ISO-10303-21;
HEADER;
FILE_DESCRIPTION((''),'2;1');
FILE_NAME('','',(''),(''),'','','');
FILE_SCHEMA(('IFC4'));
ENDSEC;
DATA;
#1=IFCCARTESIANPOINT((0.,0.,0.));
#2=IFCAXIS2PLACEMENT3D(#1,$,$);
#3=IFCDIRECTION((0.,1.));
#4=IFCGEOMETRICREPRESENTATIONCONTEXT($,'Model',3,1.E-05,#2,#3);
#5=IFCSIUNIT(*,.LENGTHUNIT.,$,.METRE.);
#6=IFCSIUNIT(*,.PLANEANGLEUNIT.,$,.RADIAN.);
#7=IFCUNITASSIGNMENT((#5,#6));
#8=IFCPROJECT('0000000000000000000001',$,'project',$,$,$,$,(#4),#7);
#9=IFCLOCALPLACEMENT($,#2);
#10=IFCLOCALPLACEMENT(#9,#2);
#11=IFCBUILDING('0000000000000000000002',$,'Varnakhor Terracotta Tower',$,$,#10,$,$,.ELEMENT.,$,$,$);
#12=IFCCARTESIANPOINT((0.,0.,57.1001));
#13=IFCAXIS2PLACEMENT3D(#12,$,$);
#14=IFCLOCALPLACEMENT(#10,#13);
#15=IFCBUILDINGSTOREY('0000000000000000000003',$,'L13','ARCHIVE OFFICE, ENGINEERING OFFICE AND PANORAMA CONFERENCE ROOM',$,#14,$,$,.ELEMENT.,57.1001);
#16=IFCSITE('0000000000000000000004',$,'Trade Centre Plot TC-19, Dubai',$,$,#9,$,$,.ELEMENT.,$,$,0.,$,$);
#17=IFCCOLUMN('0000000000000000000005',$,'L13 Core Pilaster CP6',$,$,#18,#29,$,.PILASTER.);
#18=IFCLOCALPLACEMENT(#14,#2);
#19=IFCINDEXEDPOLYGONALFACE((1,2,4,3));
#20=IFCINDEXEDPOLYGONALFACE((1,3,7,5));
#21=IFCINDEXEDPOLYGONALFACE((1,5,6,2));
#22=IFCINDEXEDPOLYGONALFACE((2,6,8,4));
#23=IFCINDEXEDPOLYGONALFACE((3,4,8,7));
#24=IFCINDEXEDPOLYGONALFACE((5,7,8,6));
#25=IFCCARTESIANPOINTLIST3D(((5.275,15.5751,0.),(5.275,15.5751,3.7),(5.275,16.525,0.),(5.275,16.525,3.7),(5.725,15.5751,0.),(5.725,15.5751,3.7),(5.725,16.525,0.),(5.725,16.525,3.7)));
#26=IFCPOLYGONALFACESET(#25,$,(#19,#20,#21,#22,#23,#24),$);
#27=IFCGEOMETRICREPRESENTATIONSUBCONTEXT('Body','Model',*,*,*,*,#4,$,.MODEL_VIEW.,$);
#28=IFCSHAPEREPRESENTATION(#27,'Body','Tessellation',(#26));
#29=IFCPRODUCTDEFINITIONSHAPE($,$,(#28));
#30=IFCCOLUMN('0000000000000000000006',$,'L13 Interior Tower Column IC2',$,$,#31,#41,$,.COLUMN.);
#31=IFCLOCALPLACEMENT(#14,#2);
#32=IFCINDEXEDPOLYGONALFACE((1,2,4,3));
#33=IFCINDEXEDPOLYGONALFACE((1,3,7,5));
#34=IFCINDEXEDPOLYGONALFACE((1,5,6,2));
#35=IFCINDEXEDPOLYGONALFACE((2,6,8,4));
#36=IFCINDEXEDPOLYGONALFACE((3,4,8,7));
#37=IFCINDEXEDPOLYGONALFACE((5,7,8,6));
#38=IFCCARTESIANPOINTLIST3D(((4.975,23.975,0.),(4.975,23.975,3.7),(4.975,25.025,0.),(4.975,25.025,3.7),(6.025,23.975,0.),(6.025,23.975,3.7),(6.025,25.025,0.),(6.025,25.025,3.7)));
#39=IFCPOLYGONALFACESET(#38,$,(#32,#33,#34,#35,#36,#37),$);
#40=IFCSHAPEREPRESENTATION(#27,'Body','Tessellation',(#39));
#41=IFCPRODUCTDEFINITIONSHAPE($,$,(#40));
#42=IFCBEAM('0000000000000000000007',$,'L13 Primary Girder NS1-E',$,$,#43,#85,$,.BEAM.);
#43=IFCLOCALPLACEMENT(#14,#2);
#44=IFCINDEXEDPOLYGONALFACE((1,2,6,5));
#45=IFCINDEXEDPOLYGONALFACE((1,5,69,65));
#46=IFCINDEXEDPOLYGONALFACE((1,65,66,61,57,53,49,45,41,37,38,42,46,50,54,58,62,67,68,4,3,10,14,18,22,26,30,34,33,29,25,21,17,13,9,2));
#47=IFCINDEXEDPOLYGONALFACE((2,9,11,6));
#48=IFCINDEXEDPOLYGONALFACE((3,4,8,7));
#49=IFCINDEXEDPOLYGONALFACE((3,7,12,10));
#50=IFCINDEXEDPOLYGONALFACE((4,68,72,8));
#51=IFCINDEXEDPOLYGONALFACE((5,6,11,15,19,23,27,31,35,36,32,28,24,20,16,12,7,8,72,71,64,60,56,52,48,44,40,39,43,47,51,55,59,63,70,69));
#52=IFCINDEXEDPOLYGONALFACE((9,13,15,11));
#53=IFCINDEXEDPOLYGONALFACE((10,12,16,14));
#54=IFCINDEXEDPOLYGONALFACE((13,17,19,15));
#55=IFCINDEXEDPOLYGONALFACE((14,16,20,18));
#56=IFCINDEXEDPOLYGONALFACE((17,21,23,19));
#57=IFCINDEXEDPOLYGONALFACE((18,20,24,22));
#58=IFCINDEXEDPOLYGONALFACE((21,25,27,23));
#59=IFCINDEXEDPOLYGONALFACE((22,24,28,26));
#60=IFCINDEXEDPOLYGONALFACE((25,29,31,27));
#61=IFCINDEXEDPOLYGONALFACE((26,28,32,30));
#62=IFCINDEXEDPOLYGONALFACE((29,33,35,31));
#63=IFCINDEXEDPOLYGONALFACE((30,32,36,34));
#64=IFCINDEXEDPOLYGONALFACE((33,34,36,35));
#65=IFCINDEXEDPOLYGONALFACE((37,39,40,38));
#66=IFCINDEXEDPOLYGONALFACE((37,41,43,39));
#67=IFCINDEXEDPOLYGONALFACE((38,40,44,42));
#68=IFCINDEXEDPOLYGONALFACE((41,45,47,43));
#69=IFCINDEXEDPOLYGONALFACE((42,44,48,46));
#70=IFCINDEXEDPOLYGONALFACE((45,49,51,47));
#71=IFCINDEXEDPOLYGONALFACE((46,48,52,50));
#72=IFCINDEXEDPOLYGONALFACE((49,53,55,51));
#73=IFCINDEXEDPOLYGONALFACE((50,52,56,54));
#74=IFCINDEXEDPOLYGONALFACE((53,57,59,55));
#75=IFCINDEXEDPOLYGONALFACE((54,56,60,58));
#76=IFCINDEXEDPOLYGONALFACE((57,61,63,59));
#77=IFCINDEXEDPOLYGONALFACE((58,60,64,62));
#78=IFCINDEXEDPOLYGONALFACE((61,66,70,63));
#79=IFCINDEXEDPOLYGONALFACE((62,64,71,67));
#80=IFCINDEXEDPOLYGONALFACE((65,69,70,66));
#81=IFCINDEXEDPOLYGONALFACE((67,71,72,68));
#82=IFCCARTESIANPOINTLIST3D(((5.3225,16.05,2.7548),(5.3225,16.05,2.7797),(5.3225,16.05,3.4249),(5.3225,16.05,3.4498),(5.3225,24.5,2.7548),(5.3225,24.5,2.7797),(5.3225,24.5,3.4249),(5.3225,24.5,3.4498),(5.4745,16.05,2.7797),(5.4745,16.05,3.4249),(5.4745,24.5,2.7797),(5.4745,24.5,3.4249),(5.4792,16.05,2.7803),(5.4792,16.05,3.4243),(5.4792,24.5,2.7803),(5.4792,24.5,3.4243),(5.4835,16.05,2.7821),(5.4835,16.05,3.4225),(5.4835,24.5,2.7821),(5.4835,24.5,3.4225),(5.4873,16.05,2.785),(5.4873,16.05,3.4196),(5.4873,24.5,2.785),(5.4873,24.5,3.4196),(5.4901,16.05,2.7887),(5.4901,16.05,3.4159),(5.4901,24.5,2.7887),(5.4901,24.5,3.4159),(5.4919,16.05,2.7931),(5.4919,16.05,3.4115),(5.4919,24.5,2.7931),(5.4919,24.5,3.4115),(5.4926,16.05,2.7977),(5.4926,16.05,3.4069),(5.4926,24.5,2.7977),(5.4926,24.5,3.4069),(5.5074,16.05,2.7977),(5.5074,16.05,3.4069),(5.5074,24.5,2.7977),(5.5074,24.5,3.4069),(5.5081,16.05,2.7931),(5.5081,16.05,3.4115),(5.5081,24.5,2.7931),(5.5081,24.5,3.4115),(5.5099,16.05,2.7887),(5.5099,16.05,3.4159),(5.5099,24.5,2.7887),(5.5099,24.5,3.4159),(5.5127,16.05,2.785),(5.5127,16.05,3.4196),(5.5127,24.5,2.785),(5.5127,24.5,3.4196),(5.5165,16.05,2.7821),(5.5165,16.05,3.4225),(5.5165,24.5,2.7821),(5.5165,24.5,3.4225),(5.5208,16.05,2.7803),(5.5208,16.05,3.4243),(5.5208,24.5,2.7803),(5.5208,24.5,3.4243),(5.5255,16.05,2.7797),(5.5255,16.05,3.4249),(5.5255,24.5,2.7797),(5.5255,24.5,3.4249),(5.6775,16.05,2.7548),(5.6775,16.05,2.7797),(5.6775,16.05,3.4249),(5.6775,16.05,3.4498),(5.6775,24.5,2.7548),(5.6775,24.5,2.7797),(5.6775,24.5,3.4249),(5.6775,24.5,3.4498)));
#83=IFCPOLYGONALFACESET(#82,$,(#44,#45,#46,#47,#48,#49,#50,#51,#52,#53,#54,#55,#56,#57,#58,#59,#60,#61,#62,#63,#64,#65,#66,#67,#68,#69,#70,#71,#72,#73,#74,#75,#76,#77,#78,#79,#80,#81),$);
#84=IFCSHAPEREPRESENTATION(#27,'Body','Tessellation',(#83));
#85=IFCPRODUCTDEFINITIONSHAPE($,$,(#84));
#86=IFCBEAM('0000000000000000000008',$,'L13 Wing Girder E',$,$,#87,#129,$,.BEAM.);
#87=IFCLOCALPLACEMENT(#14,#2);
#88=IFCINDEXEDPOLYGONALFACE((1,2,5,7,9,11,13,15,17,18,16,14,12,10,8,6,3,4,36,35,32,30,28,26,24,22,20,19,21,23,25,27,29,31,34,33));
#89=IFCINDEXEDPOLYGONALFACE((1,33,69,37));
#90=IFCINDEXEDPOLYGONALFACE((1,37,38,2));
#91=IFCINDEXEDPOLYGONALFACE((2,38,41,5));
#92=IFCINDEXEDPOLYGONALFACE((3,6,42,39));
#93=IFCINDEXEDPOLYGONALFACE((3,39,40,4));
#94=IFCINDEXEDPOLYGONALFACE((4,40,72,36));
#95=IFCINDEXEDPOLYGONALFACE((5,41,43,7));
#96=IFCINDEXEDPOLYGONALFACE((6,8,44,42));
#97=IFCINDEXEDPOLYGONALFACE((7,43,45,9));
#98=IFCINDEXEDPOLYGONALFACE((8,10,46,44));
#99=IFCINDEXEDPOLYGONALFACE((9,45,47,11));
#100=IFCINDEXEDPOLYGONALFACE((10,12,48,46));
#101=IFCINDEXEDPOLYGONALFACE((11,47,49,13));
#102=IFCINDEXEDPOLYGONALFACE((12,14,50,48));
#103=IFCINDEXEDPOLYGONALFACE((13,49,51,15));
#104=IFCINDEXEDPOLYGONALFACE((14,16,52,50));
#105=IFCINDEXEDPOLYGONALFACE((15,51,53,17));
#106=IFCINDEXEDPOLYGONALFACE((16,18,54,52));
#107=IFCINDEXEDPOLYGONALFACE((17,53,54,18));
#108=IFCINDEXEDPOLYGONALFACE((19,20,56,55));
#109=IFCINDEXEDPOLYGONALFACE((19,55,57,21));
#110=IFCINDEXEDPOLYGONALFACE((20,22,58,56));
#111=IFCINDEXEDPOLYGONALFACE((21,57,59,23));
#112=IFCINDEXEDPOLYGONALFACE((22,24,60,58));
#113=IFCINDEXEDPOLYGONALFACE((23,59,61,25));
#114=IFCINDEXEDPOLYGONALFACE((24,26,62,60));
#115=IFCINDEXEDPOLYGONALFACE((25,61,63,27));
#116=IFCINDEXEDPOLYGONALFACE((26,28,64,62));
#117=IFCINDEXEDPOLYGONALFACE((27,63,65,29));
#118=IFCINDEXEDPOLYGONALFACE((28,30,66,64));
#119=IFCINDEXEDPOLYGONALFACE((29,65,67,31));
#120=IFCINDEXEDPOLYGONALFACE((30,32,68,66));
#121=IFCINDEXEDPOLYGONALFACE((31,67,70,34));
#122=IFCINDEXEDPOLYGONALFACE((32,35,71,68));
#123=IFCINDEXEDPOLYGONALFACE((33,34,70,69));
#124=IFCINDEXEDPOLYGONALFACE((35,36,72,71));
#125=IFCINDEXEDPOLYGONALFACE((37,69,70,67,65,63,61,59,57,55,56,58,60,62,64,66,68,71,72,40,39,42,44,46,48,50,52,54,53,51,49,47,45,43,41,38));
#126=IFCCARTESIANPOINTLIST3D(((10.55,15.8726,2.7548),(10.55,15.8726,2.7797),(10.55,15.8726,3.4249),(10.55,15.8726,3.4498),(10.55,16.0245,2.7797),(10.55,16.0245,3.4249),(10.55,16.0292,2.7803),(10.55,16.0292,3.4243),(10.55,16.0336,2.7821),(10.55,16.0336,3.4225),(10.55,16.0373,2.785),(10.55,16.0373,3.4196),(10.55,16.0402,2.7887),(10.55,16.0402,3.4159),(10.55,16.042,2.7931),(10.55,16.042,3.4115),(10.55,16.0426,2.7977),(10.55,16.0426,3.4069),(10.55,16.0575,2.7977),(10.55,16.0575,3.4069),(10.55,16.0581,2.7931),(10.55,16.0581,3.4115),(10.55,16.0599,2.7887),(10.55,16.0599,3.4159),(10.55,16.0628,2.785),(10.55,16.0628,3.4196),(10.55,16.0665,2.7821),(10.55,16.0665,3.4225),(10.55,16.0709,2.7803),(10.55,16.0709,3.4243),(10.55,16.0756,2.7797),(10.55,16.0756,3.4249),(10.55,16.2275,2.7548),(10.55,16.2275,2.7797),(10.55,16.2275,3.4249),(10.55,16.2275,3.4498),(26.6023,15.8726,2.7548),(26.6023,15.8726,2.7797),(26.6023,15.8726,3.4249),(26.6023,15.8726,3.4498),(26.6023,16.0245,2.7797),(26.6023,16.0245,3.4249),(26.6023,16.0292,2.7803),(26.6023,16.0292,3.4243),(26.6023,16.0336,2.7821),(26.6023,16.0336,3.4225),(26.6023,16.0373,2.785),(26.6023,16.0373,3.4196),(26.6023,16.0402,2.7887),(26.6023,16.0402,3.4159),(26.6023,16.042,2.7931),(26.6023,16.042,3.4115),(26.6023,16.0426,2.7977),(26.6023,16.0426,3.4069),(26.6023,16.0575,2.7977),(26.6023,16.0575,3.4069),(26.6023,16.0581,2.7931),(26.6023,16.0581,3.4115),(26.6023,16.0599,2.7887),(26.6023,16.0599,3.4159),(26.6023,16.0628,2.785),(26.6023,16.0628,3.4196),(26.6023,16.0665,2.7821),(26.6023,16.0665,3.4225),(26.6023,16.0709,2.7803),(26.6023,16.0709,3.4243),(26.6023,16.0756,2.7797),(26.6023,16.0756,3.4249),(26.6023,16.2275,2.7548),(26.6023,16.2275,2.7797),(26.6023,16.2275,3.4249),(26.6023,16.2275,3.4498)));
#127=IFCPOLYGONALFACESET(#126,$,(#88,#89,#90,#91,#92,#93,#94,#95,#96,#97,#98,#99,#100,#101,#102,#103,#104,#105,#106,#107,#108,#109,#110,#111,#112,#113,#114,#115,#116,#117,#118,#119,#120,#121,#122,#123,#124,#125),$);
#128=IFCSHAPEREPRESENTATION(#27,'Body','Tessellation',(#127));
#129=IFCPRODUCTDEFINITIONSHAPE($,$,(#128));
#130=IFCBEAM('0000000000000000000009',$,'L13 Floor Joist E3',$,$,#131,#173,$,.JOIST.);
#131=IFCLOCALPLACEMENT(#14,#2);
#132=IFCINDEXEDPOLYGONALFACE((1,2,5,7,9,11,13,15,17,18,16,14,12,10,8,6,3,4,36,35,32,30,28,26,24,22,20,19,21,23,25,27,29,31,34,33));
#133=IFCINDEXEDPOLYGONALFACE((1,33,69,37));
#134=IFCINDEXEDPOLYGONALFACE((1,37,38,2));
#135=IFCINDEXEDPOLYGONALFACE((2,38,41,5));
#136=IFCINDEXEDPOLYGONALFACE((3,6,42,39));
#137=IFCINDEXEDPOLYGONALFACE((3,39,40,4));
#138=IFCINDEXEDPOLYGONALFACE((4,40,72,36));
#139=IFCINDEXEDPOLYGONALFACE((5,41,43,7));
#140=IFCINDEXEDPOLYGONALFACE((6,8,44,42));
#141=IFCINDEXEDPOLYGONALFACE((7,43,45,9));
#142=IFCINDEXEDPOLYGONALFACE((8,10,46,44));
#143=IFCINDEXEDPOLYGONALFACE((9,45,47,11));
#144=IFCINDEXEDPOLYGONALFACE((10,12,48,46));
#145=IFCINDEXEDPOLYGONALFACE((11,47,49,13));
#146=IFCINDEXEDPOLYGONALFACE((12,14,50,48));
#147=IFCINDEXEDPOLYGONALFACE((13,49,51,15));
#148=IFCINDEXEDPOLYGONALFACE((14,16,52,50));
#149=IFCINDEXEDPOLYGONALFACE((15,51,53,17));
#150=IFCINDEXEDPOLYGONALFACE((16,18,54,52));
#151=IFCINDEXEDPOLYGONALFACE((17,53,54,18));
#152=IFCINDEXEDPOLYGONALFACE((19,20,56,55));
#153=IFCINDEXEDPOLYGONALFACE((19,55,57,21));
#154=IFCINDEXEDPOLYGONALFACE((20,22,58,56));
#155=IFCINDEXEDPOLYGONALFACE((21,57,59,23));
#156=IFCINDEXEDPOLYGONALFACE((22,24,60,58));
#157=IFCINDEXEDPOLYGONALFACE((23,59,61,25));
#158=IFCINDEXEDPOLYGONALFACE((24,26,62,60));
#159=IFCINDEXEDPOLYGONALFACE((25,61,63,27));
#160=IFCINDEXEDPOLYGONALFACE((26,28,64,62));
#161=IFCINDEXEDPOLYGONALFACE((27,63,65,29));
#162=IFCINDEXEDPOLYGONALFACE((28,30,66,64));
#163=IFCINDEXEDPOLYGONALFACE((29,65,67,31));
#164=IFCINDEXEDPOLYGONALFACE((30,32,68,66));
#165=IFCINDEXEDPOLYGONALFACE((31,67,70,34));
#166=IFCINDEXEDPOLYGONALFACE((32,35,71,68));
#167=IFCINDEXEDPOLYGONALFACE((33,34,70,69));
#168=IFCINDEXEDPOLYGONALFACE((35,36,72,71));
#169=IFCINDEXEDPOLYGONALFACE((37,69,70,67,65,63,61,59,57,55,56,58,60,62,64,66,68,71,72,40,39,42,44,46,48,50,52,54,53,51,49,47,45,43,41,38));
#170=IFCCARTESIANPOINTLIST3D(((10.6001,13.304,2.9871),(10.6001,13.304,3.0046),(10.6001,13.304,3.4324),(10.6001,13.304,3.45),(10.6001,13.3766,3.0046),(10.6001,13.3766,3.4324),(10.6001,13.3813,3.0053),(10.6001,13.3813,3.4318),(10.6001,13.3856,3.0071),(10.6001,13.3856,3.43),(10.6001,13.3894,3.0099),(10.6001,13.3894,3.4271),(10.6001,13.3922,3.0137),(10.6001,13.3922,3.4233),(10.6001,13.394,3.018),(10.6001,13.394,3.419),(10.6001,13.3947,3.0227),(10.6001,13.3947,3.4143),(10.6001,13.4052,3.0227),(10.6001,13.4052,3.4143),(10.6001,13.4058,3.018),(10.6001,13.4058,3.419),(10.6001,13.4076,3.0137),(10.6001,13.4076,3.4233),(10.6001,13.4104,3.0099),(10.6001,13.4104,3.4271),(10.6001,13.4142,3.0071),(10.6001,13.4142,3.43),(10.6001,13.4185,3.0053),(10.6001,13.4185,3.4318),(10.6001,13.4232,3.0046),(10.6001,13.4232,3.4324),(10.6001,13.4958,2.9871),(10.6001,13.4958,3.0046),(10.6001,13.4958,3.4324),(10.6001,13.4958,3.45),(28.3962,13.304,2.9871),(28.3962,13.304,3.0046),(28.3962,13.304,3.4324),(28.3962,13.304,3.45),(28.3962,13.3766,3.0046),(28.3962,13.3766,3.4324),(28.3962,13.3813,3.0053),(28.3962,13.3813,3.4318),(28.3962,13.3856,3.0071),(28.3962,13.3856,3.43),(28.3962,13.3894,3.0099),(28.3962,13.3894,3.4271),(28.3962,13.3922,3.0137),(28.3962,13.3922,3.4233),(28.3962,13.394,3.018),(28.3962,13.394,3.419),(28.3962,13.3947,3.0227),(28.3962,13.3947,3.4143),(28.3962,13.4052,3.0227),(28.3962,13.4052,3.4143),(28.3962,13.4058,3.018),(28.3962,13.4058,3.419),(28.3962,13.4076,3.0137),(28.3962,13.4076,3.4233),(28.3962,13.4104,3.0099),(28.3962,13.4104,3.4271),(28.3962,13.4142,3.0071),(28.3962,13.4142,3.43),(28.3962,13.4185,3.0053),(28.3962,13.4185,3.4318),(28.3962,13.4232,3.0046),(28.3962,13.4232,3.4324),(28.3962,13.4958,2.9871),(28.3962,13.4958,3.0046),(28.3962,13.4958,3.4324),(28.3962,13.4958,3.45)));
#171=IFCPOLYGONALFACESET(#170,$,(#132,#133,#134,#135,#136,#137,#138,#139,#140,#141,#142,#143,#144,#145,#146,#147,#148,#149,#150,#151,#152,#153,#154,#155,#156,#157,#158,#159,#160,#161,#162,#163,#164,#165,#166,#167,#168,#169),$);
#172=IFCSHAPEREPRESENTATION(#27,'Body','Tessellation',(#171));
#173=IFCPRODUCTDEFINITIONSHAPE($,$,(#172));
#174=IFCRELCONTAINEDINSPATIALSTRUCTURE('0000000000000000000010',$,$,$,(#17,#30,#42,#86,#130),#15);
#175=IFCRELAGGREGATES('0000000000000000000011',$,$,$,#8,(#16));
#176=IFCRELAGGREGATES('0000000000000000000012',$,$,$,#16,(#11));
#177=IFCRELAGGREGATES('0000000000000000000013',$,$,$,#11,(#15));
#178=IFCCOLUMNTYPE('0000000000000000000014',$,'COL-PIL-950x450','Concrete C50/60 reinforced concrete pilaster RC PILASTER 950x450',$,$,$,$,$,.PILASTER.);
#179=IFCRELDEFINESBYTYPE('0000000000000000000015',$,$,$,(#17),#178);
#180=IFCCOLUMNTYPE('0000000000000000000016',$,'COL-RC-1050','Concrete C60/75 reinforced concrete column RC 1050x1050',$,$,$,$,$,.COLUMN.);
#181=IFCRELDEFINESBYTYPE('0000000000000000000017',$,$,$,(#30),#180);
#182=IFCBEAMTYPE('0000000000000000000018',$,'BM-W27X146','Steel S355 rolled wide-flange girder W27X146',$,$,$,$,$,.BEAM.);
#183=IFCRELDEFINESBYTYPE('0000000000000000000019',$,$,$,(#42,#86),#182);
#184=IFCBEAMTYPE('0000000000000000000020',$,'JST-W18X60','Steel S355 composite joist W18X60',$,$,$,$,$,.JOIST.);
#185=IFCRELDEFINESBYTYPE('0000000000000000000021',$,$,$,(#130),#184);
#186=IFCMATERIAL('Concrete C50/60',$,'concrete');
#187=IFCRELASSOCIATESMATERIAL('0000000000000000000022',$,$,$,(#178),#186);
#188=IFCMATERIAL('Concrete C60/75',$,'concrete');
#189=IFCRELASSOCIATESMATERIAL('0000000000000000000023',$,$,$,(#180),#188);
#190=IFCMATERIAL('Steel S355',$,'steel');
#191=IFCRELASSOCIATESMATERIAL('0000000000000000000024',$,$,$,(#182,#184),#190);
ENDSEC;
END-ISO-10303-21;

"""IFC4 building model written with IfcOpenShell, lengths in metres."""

from ifc_helpers import new_model, si_unit, direction, frame, origin, origin_2d, place, context, subcontext, project, spatial, rectangle, i_section, extrude, source, transform, mapped, material, material_profile, profile_set, type_object, type_shapes, element, save


model = new_model("IFC4")

# Units and contexts
model_context = context("Model", 3, precision=1e-05, world=origin(), true_north=direction((0.0, 1.0)))
body_context = subcontext(model_context, "Body", "Model", "MODEL_VIEW")
ifc_project = project(units=[si_unit("LENGTHUNIT", "METRE"), si_unit("PLANEANGLEUNIT", "RADIAN")], contexts=[model_context])

# Site, building, storey
site_placement = place(None, origin())
site = spatial("IfcSite", under=ifc_project, at=site_placement, Name="Trade Centre Plot TC-19, Dubai", CompositionType="ELEMENT", RefElevation=0.0)
building_placement = place(site_placement, origin())
building = spatial("IfcBuilding", under=site, at=building_placement, Name="Varnakhor Terracotta Tower", CompositionType="ELEMENT")
storey_placement = place(building_placement, frame((0.0, 0.0, 57.1001)))
storey = spatial("IfcBuildingStorey", under=building, at=storey_placement, Name="L13", Description="ARCHIVE OFFICE, ENGINEERING OFFICE AND PANORAMA CONFERENCE ROOM", CompositionType="ELEMENT", Elevation=57.1001)

# Columns
ifc_material_1 = material(Name="Concrete C50/60", Category="concrete")
ifc_material_profile_1 = material_profile(ifc_material_1, rectangle(XDim=0.45, YDim=0.95, at=origin_2d()), Name="RC PILASTER 950x450")
ifc_profile_set_1 = profile_set([ifc_material_profile_1], Name="Concrete C50/60")
column_type_1 = type_object("IfcColumnType", Name="COL-PIL-950x450", Description="Concrete C50/60 reinforced concrete pilaster RC PILASTER 950x450", PredefinedType="PILASTER", material=ifc_profile_set_1)
shared_shape_1 = source(origin(), body_context, "Body", "SweptSolid", [
    extrude(rectangle(XDim=0.45, YDim=0.95, at=origin_2d()), origin(), (0.0, 0.0, 1.0), 3.7),
])
column_1_placement = place(storey_placement, frame((5.5, 16.05, 0.0), z_axis=(0.0, 0.0, 1.0), x_axis=(1.0, 0.0, 0.0)))
element("IfcColumn", 1, at=column_1_placement, inside=storey, type_object=column_type_1, Name="L13 Core Pilaster CP6", PredefinedType="PILASTER", context=body_context, shape_type="MappedRepresentation", body=[
    mapped(shared_shape_1, transform((0.0, 0.0, 0.0), scale=1.0)),
])
ifc_material_2 = material(Name="Concrete C60/75", Category="concrete")
ifc_material_profile_2 = material_profile(ifc_material_2, rectangle(XDim=1.05, YDim=1.05, at=origin_2d()), Name="RC 1050x1050")
ifc_profile_set_2 = profile_set([ifc_material_profile_2], Name="Concrete C60/75")
column_type_2 = type_object("IfcColumnType", Name="COL-RC-1050", Description="Concrete C60/75 reinforced concrete column RC 1050x1050", PredefinedType="COLUMN", material=ifc_profile_set_2)
shared_shape_2 = source(origin(), body_context, "Body", "SweptSolid", [
    extrude(rectangle(XDim=1.05, YDim=1.05, at=origin_2d()), origin(), (0.0, 0.0, 1.0), 3.7),
])
column_2_placement = place(storey_placement, frame((5.5, 24.5, 0.0), z_axis=(0.0, 0.0, 1.0), x_axis=(1.0, 0.0, 0.0)))
element("IfcColumn", 2, at=column_2_placement, inside=storey, type_object=column_type_2, Name="L13 Interior Tower Column IC2", PredefinedType="COLUMN", context=body_context, shape_type="MappedRepresentation", body=[
    mapped(shared_shape_2, transform((0.0, 0.0, 0.0), scale=1.0)),
])

# Beams
ifc_material_3 = material(Name="Steel S355", Category="steel")
ifc_material_profile_3 = material_profile(ifc_material_3, i_section(OverallWidth=0.355, OverallDepth=0.6951, WebThickness=0.0149, FlangeThickness=0.0249, FilletRadius=0.0181, at=origin_2d()), Name="W27X146")
ifc_profile_set_3 = profile_set([ifc_material_profile_3], Name="Steel S355")
beam_type_1 = type_object("IfcBeamType", Name="BM-W27X146", Description="Steel S355 rolled wide-flange girder W27X146", PredefinedType="BEAM", material=ifc_profile_set_3)
shared_shape_3 = source(origin(), body_context, "Body", "SweptSolid", [
    extrude(i_section(OverallWidth=0.355, OverallDepth=0.6951, WebThickness=0.0149, FlangeThickness=0.0249, FilletRadius=0.0181, at=origin_2d()), origin(), (0.0, 0.0, 1.0), 8.45),
])
type_shapes(beam_type_1, [shared_shape_3])
beam_1_placement = place(storey_placement, frame((5.5, 16.05, 3.1023), z_axis=(0.0, 1.0, 0.0), x_axis=(-1.0, 0.0, 0.0)))
element("IfcBeam", 3, at=beam_1_placement, inside=storey, type_object=beam_type_1, Name="L13 Primary Girder NS1-E", PredefinedType="BEAM", context=body_context, shape_type="MappedRepresentation", body=[
    mapped(shared_shape_3, transform((0.0, 0.0, 0.0), scale=1.0)),
])
shared_shape_4 = source(origin(), body_context, "Body", "SweptSolid", [
    extrude(i_section(OverallWidth=0.355, OverallDepth=0.6951, WebThickness=0.0149, FlangeThickness=0.0249, FilletRadius=0.0181, at=origin_2d()), origin(), (0.0, 0.0, 1.0), 16.0522),
])
beam_2_placement = place(storey_placement, frame((10.55, 16.05, 3.1023), z_axis=(1.0, 0.0, 0.0), x_axis=(0.0, 1.0, 0.0)))
element("IfcBeam", 4, at=beam_2_placement, inside=storey, type_object=beam_type_1, Name="L13 Wing Girder E", PredefinedType="BEAM", context=body_context, shape_type="MappedRepresentation", body=[
    mapped(shared_shape_4, transform((0.0, 0.0, 0.0), scale=1.0)),
])
ifc_material_profile_4 = material_profile(ifc_material_3, i_section(OverallWidth=0.1919, OverallDepth=0.4629, WebThickness=0.0105, FlangeThickness=0.0176, FilletRadius=0.0181, at=origin_2d()), Name="W18X60")
ifc_profile_set_4 = profile_set([ifc_material_profile_4], Name="Steel S355")
beam_type_2 = type_object("IfcBeamType", Name="JST-W18X60", Description="Steel S355 composite joist W18X60", PredefinedType="JOIST", material=ifc_profile_set_4)
shared_shape_5 = source(origin(), body_context, "Body", "SweptSolid", [
    extrude(i_section(OverallWidth=0.1919, OverallDepth=0.4629, WebThickness=0.0105, FlangeThickness=0.0176, FilletRadius=0.0181, at=origin_2d()), origin(), (0.0, 0.0, 1.0), 17.7961),
])
beam_3_placement = place(storey_placement, frame((10.6001, 13.3999, 3.2185), z_axis=(1.0, 0.0, 0.0), x_axis=(0.0, 1.0, 0.0)))
element("IfcBeam", 5, at=beam_3_placement, inside=storey, type_object=beam_type_2, Name="L13 Floor Joist E3", PredefinedType="JOIST", context=body_context, shape_type="MappedRepresentation", body=[
    mapped(shared_shape_5, transform((0.0, 0.0, 0.0), scale=1.0)),
])

save(model, "model.ifc")
